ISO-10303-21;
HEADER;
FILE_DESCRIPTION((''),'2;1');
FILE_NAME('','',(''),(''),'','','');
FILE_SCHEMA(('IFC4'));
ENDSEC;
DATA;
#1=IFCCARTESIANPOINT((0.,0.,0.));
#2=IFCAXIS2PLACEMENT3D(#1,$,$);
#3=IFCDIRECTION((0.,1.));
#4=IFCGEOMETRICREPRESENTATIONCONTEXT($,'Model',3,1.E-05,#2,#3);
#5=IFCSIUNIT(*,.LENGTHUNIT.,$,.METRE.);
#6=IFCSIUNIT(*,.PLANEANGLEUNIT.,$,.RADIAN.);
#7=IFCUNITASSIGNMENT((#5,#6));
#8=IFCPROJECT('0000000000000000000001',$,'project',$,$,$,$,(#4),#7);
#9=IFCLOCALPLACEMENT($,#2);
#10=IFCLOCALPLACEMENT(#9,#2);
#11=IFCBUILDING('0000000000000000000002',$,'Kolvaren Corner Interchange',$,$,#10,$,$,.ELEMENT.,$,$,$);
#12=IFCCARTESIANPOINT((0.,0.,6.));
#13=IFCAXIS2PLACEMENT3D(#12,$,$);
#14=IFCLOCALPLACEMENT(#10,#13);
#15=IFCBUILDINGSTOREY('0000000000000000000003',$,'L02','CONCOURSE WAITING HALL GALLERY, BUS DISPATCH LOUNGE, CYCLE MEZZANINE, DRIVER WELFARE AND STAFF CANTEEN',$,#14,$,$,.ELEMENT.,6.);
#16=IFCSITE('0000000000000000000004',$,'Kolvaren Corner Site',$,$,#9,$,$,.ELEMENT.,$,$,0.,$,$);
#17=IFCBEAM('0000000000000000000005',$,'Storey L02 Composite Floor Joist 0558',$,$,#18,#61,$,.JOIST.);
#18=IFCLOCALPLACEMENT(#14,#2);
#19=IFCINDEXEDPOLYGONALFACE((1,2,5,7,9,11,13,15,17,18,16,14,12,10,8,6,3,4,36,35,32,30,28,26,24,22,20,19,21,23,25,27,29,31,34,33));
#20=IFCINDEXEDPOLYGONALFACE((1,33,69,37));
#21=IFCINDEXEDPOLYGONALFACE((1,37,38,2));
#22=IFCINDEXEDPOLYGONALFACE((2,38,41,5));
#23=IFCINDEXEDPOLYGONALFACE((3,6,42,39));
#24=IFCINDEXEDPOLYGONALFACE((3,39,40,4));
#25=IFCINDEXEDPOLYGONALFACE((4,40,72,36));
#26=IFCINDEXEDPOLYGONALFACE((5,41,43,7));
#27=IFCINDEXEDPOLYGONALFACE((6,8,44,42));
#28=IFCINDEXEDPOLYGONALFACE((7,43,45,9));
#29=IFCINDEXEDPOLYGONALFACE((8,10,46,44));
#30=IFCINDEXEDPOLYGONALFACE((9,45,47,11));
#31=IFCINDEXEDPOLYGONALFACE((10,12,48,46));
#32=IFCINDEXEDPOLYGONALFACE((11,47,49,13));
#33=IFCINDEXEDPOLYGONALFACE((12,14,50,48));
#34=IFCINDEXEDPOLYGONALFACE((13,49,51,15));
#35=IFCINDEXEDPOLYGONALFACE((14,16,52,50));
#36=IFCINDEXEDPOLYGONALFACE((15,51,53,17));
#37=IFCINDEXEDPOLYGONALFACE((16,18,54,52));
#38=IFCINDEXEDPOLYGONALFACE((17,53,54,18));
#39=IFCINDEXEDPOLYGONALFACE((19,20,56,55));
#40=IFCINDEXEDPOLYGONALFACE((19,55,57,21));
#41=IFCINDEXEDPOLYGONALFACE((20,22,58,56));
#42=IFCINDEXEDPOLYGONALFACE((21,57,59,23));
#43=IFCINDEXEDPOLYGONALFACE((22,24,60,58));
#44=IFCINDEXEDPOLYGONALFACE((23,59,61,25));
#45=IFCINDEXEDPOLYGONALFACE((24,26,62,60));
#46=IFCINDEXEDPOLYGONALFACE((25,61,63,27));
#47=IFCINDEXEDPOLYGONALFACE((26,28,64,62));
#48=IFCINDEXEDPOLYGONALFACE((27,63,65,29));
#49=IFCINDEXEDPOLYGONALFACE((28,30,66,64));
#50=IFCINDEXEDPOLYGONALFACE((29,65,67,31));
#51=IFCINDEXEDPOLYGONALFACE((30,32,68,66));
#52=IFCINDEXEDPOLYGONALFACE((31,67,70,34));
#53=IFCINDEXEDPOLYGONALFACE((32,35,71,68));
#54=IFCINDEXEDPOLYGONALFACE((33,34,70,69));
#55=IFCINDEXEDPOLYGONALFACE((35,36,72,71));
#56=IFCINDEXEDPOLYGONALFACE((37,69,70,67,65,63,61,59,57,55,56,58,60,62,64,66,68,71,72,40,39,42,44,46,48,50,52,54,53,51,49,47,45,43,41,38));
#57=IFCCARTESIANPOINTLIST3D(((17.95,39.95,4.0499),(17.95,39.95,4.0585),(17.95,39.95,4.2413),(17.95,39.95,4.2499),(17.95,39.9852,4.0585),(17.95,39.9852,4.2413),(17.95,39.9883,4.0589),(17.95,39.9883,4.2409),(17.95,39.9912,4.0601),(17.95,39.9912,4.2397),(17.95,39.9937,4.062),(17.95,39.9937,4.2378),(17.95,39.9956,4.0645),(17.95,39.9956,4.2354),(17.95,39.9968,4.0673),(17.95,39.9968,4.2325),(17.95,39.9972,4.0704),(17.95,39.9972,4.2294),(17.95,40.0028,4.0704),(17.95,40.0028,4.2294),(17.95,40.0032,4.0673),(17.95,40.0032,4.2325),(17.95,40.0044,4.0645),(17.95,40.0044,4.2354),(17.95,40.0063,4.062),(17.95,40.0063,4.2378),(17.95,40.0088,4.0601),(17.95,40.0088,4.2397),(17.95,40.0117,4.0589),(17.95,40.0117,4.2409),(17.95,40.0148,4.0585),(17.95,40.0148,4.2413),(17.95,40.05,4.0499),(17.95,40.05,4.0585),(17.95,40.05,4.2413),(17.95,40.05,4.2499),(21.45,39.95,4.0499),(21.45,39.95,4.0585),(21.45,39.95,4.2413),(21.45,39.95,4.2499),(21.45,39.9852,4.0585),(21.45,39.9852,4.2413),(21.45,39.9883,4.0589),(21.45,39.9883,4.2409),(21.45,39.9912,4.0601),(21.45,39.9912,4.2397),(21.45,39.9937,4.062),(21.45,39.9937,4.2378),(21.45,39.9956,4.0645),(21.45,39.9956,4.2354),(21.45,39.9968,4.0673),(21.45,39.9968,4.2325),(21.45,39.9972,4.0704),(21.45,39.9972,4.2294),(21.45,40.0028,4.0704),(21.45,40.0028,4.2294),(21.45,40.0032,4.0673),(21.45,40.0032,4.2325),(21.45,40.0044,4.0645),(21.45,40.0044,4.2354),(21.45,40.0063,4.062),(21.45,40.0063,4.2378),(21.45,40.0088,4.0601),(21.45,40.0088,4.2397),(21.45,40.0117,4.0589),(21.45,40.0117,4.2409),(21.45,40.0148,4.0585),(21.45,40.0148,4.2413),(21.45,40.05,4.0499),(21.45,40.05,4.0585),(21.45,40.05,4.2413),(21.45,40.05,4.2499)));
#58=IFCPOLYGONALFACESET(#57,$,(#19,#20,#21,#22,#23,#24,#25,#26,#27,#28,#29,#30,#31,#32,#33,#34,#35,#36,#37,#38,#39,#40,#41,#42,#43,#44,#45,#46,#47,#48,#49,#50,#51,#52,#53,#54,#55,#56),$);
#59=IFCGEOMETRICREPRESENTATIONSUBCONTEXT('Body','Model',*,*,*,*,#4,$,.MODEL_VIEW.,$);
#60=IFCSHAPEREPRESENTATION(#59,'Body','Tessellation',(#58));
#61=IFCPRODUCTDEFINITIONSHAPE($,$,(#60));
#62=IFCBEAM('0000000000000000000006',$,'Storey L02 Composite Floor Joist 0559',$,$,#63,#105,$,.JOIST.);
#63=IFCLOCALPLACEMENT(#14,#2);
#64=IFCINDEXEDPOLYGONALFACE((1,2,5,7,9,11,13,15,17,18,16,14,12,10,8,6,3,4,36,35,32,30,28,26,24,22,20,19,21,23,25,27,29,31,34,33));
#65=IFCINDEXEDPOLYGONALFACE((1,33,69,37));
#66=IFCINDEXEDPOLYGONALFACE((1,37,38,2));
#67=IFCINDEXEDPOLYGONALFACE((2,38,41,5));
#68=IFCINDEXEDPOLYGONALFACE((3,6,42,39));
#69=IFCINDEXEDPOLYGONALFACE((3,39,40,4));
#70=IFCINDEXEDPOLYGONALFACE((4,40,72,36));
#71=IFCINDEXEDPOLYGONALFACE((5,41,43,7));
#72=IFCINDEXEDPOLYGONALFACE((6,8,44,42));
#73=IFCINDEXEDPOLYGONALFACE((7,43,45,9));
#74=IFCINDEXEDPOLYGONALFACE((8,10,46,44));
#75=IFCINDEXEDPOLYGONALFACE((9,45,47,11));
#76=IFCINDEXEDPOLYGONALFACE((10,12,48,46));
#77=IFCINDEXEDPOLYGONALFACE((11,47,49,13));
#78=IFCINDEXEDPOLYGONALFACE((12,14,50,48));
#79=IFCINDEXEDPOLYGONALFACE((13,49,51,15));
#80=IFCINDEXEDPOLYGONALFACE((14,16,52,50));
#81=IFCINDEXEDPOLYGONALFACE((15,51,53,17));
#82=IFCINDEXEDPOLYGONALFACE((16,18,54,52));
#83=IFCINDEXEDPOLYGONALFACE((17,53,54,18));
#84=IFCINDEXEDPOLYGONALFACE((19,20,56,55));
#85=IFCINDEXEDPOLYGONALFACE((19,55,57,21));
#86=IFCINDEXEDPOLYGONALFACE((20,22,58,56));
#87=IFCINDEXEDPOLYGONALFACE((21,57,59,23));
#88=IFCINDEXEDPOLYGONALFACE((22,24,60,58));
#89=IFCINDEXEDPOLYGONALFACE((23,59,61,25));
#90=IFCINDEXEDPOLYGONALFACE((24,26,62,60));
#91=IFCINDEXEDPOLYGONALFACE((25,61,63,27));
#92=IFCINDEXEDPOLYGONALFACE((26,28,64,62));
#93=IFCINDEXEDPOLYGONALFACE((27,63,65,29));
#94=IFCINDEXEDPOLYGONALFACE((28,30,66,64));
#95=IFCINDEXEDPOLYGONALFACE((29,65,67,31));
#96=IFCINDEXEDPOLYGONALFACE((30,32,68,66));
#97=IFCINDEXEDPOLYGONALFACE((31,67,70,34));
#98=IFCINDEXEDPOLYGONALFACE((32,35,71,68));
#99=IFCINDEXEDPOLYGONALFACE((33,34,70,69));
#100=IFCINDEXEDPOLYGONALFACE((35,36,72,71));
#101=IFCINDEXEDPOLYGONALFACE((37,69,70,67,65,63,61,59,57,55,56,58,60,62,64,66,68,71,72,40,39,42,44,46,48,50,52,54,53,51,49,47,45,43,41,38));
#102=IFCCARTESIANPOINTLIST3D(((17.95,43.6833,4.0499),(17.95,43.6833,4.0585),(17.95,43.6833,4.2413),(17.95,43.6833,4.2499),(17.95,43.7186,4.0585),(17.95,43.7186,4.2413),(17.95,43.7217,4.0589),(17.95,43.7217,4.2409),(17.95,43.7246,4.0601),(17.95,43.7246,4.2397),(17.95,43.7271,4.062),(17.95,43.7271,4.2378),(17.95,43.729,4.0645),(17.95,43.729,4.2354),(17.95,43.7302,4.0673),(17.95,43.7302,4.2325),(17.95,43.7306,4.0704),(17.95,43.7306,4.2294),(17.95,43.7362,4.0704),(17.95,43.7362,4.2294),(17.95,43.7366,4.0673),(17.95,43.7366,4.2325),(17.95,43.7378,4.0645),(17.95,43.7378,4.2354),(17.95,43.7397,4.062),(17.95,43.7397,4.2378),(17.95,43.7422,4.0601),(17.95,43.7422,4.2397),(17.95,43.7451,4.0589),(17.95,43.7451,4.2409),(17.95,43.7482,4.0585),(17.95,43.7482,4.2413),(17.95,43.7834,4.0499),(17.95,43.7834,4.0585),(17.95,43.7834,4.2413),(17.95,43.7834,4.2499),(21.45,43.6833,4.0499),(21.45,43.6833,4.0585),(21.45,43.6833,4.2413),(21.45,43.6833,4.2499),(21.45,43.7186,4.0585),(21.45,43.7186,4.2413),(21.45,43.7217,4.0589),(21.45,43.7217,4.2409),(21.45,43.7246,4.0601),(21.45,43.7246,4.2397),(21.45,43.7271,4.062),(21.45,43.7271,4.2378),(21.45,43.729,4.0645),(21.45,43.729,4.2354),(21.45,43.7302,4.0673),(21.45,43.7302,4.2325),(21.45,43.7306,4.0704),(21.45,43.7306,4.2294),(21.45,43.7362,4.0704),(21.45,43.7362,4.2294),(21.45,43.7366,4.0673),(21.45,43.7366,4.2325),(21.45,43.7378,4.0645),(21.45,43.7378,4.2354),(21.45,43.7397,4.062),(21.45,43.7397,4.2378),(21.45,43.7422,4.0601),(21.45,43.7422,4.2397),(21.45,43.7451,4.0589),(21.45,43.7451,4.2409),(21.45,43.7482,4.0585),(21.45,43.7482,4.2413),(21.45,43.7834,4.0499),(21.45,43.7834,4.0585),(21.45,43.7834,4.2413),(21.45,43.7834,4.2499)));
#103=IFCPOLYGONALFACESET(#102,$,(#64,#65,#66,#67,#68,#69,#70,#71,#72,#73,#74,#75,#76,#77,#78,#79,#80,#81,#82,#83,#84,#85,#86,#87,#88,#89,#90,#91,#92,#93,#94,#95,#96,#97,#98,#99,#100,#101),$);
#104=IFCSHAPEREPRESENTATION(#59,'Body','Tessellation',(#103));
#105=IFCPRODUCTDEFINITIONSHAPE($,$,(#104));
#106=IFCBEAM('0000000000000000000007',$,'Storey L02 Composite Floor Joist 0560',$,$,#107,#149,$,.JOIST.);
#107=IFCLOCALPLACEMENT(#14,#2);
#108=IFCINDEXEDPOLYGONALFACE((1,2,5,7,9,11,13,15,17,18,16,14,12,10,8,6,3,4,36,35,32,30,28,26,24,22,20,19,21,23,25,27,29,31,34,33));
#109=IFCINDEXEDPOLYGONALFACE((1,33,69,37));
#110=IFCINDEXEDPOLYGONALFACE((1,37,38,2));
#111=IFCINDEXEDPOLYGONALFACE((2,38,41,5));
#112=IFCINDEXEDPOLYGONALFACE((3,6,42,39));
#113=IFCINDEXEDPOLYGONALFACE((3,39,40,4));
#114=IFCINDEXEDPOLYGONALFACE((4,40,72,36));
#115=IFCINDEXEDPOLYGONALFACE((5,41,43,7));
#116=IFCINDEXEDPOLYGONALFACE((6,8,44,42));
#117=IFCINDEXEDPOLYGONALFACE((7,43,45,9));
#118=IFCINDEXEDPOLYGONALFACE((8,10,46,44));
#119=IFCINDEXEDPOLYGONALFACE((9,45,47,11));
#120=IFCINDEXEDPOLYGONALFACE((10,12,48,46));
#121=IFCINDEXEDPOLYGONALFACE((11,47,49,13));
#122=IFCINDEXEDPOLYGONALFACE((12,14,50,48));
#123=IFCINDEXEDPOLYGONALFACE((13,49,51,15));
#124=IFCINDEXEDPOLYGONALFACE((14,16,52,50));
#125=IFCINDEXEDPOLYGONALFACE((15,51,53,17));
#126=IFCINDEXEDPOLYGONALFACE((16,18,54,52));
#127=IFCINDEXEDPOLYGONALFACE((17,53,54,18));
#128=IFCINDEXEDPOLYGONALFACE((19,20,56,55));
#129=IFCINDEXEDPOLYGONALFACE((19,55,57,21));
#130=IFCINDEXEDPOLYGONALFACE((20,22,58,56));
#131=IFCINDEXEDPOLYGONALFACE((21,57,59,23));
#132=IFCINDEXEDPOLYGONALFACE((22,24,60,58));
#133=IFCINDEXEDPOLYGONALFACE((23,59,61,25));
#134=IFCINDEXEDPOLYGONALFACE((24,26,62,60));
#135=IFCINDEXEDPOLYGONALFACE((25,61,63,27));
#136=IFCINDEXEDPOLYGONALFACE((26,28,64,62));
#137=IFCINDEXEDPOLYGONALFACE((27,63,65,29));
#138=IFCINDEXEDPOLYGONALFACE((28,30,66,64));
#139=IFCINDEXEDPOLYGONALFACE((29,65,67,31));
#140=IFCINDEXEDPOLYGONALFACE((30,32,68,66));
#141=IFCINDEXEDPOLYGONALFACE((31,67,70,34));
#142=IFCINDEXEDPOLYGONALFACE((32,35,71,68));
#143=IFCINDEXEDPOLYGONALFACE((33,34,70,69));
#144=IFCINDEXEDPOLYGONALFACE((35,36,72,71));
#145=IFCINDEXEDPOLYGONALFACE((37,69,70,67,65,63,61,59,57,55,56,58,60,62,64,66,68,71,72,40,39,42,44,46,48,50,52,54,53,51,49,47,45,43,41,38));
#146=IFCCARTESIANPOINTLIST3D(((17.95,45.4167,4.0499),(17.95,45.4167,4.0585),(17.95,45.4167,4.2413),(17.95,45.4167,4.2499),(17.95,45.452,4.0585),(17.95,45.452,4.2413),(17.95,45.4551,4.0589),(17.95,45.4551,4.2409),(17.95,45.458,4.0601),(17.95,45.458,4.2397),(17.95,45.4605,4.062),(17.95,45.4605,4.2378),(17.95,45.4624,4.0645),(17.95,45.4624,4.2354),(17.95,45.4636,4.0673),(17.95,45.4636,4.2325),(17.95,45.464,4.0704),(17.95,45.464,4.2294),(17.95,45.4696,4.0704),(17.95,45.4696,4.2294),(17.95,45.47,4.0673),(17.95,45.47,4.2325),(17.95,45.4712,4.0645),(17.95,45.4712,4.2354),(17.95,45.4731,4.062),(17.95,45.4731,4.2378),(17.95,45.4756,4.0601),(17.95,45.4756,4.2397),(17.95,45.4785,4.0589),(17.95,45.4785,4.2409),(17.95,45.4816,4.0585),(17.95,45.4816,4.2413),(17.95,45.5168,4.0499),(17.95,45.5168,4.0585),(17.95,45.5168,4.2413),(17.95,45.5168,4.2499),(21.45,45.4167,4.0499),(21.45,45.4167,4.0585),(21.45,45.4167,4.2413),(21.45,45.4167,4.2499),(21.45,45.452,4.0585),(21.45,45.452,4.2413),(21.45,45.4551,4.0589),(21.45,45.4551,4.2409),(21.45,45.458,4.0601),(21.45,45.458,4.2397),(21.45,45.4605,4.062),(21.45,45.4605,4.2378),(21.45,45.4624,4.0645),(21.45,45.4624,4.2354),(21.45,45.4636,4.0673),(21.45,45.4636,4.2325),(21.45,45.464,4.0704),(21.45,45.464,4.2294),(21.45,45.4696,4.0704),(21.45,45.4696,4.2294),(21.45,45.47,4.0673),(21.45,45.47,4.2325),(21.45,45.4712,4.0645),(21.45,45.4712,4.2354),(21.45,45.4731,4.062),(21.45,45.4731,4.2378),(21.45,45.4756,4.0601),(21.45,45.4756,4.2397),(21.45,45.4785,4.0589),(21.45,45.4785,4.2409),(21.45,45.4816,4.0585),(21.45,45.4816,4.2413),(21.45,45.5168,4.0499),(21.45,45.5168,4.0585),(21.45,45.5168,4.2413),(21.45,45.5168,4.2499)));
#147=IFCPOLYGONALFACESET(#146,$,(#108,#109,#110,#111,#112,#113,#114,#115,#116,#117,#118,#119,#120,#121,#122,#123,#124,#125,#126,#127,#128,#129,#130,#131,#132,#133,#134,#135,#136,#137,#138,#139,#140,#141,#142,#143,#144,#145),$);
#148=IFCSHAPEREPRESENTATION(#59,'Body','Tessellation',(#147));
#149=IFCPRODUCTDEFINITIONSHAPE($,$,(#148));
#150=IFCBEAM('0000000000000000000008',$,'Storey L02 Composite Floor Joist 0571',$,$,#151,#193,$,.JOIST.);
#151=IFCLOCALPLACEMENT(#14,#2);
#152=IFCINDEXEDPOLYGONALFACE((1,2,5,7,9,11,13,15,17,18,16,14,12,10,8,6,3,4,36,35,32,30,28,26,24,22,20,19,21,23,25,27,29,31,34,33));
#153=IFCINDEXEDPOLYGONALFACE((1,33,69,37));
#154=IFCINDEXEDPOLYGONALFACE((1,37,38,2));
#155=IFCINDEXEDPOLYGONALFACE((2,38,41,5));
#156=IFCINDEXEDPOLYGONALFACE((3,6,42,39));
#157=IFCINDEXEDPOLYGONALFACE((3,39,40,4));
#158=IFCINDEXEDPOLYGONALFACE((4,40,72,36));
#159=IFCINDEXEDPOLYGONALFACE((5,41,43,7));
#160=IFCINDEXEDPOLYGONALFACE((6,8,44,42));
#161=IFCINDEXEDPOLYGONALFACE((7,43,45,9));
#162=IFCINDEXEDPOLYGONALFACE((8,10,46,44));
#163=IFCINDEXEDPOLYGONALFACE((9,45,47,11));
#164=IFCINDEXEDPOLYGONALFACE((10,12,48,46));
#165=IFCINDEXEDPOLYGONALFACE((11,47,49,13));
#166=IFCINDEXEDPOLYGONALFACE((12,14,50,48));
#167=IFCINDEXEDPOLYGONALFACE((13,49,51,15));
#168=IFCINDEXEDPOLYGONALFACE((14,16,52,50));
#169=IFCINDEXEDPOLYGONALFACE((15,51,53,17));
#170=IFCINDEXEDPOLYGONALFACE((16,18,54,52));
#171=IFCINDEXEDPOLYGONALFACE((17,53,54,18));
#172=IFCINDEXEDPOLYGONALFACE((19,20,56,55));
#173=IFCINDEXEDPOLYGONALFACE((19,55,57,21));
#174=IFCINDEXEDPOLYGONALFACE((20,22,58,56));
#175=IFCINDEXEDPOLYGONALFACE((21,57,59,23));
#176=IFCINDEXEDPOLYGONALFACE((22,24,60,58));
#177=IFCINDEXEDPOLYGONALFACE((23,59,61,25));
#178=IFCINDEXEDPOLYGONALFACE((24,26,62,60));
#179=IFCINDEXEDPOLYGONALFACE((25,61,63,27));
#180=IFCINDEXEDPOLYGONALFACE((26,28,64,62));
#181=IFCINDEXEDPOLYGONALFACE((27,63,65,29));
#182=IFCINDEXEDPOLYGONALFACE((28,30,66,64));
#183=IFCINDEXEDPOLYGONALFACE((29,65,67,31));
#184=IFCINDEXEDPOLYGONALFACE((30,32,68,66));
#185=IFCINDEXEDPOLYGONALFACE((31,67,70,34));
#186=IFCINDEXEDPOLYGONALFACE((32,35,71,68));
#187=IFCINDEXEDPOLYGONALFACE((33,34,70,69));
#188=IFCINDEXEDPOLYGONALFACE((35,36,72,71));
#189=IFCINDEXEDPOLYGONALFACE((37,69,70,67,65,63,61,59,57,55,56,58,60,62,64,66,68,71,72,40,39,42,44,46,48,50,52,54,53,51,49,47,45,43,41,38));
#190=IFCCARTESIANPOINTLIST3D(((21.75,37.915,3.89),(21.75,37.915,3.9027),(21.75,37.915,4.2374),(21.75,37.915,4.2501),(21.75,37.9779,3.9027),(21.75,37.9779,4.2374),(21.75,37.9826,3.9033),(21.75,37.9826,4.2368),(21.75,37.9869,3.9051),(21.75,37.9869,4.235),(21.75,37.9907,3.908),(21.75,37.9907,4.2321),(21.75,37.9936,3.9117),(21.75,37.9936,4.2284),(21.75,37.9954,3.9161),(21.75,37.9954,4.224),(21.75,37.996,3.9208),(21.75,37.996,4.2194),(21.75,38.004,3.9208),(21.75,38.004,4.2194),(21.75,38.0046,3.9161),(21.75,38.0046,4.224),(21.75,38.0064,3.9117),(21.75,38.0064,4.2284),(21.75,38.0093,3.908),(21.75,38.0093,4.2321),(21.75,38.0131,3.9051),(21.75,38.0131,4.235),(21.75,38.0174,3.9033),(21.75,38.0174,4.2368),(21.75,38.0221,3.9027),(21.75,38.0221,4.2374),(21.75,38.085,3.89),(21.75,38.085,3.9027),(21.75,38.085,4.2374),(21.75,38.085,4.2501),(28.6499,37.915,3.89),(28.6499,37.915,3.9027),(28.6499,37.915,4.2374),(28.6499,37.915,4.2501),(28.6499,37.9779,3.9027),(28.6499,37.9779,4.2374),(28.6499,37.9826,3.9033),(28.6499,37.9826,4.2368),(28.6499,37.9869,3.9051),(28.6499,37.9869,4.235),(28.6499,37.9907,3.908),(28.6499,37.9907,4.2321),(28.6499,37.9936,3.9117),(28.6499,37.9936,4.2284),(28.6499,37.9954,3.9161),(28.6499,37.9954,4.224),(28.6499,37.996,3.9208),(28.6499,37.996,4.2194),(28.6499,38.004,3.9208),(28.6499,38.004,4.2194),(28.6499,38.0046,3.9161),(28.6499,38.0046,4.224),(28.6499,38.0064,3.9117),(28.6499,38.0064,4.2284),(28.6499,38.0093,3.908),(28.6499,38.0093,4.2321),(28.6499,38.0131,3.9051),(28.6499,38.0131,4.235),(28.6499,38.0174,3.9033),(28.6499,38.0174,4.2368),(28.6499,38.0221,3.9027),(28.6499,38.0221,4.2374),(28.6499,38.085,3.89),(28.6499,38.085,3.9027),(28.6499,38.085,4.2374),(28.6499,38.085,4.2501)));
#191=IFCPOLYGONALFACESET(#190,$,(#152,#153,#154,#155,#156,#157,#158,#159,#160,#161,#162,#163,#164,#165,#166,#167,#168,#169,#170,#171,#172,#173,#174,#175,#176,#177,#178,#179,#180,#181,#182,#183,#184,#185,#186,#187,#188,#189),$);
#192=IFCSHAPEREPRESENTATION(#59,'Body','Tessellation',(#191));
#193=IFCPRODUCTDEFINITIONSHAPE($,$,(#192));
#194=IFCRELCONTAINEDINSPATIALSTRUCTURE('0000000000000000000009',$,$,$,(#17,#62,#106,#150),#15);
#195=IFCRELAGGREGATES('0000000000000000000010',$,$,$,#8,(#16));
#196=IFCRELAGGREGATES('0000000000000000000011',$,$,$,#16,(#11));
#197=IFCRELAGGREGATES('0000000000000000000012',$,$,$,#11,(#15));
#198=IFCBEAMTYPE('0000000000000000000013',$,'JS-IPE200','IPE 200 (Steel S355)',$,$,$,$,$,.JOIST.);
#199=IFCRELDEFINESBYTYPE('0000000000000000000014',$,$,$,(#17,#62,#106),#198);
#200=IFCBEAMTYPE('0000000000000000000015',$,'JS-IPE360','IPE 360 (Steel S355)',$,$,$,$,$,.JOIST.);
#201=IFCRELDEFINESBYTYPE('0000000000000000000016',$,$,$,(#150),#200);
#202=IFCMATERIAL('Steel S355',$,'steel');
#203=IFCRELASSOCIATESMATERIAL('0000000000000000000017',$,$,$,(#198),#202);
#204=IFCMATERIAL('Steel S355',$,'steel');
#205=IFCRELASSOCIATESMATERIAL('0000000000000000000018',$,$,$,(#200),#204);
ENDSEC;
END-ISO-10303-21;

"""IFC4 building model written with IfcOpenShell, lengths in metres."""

from ifc_helpers import new_model, si_unit, direction, frame, origin, origin_2d, place, context, subcontext, project, spatial, i_section, extrude, material, material_profile, profile_set, type_object, element, save


model = new_model("IFC4")

# Units and contexts
model_context = context("Model", 3, precision=1e-05, world=origin(), true_north=direction((0.0, 1.0)))
body_context = subcontext(model_context, "Body", "Model", "MODEL_VIEW")
ifc_project = project(units=[si_unit("LENGTHUNIT", "METRE"), si_unit("PLANEANGLEUNIT", "RADIAN")], contexts=[model_context])

# Site, building, storey
site_placement = place(None, origin())
site = spatial("IfcSite", under=ifc_project, at=site_placement, Name="Kolvaren Corner Site", CompositionType="ELEMENT", RefElevation=0.0)
building_placement = place(site_placement, origin())
building = spatial("IfcBuilding", under=site, at=building_placement, Name="Kolvaren Corner Interchange", CompositionType="ELEMENT")
storey_placement = place(building_placement, frame((0.0, 0.0, 6.0)))
storey = spatial("IfcBuildingStorey", under=building, at=storey_placement, Name="L02", Description="CONCOURSE WAITING HALL GALLERY, BUS DISPATCH LOUNGE, CYCLE MEZZANINE, DRIVER WELFARE AND STAFF CANTEEN", CompositionType="ELEMENT", Elevation=6.0)

# Beams
ifc_material_1 = material(Name="Steel S355", Category="steel")
ifc_material_profile_1 = material_profile(ifc_material_1, i_section(OverallWidth=0.1001, OverallDepth=0.2, WebThickness=0.0056, FlangeThickness=0.0085, FilletRadius=0.012, at=origin_2d()), Name="IPE 200")
ifc_profile_set_1 = profile_set([ifc_material_profile_1], Name="Steel S355")
beam_type_1 = type_object("IfcBeamType", Name="JS-IPE200", Description="IPE 200 (Steel S355)", PredefinedType="JOIST", material=ifc_profile_set_1)
for number, where, z_axis, x_axis, name in (
    (1, (17.95, 40.0, 4.1499), (1.0, 0.0, 0.0), (0.0, 1.0, 0.0), "Storey L02 Composite Floor Joist 0558"),
    (2, (17.95, 43.7334, 4.1499), (1.0, 0.0, 0.0), (0.0, 1.0, 0.0), "Storey L02 Composite Floor Joist 0559"),
    (3, (17.95, 45.4668, 4.1499), (1.0, 0.0, 0.0), (0.0, 1.0, 0.0), "Storey L02 Composite Floor Joist 0560"),
):
    element("IfcBeam", number, at=place(storey_placement, frame(where, z_axis=z_axis, x_axis=x_axis)), inside=storey, type_object=beam_type_1, Name=name, PredefinedType="JOIST", context=body_context, shape_type="SweptSolid", body=[
        extrude(i_section(OverallWidth=0.1001, OverallDepth=0.2, WebThickness=0.0056, FlangeThickness=0.0085, FilletRadius=0.012, at=origin_2d()), origin(), (0.0, 0.0, 1.0), 3.5),
    ])
ifc_material_2 = material(Name="Steel S355", Category="steel")
ifc_material_profile_2 = material_profile(ifc_material_2, i_section(OverallWidth=0.1699, OverallDepth=0.3601, WebThickness=0.0081, FlangeThickness=0.0127, FilletRadius=0.0181, at=origin_2d()), Name="IPE 360")
ifc_profile_set_2 = profile_set([ifc_material_profile_2], Name="Steel S355")
beam_type_2 = type_object("IfcBeamType", Name="JS-IPE360", Description="IPE 360 (Steel S355)", PredefinedType="JOIST", material=ifc_profile_set_2)
for number, where, z_axis, x_axis, name in (
    (4, (21.75, 38.0, 4.0701), (1.0, 0.0, 0.0), (0.0, 1.0, 0.0), "Storey L02 Composite Floor Joist 0571"),
):
    element("IfcBeam", number, at=place(storey_placement, frame(where, z_axis=z_axis, x_axis=x_axis)), inside=storey, type_object=beam_type_2, Name=name, PredefinedType="JOIST", context=body_context, shape_type="SweptSolid", body=[
        extrude(i_section(OverallWidth=0.1699, OverallDepth=0.3601, WebThickness=0.0081, FlangeThickness=0.0127, FilletRadius=0.0181, at=origin_2d()), origin(), (0.0, 0.0, 1.0), 6.8999),
    ])

save(model, "model.ifc")
